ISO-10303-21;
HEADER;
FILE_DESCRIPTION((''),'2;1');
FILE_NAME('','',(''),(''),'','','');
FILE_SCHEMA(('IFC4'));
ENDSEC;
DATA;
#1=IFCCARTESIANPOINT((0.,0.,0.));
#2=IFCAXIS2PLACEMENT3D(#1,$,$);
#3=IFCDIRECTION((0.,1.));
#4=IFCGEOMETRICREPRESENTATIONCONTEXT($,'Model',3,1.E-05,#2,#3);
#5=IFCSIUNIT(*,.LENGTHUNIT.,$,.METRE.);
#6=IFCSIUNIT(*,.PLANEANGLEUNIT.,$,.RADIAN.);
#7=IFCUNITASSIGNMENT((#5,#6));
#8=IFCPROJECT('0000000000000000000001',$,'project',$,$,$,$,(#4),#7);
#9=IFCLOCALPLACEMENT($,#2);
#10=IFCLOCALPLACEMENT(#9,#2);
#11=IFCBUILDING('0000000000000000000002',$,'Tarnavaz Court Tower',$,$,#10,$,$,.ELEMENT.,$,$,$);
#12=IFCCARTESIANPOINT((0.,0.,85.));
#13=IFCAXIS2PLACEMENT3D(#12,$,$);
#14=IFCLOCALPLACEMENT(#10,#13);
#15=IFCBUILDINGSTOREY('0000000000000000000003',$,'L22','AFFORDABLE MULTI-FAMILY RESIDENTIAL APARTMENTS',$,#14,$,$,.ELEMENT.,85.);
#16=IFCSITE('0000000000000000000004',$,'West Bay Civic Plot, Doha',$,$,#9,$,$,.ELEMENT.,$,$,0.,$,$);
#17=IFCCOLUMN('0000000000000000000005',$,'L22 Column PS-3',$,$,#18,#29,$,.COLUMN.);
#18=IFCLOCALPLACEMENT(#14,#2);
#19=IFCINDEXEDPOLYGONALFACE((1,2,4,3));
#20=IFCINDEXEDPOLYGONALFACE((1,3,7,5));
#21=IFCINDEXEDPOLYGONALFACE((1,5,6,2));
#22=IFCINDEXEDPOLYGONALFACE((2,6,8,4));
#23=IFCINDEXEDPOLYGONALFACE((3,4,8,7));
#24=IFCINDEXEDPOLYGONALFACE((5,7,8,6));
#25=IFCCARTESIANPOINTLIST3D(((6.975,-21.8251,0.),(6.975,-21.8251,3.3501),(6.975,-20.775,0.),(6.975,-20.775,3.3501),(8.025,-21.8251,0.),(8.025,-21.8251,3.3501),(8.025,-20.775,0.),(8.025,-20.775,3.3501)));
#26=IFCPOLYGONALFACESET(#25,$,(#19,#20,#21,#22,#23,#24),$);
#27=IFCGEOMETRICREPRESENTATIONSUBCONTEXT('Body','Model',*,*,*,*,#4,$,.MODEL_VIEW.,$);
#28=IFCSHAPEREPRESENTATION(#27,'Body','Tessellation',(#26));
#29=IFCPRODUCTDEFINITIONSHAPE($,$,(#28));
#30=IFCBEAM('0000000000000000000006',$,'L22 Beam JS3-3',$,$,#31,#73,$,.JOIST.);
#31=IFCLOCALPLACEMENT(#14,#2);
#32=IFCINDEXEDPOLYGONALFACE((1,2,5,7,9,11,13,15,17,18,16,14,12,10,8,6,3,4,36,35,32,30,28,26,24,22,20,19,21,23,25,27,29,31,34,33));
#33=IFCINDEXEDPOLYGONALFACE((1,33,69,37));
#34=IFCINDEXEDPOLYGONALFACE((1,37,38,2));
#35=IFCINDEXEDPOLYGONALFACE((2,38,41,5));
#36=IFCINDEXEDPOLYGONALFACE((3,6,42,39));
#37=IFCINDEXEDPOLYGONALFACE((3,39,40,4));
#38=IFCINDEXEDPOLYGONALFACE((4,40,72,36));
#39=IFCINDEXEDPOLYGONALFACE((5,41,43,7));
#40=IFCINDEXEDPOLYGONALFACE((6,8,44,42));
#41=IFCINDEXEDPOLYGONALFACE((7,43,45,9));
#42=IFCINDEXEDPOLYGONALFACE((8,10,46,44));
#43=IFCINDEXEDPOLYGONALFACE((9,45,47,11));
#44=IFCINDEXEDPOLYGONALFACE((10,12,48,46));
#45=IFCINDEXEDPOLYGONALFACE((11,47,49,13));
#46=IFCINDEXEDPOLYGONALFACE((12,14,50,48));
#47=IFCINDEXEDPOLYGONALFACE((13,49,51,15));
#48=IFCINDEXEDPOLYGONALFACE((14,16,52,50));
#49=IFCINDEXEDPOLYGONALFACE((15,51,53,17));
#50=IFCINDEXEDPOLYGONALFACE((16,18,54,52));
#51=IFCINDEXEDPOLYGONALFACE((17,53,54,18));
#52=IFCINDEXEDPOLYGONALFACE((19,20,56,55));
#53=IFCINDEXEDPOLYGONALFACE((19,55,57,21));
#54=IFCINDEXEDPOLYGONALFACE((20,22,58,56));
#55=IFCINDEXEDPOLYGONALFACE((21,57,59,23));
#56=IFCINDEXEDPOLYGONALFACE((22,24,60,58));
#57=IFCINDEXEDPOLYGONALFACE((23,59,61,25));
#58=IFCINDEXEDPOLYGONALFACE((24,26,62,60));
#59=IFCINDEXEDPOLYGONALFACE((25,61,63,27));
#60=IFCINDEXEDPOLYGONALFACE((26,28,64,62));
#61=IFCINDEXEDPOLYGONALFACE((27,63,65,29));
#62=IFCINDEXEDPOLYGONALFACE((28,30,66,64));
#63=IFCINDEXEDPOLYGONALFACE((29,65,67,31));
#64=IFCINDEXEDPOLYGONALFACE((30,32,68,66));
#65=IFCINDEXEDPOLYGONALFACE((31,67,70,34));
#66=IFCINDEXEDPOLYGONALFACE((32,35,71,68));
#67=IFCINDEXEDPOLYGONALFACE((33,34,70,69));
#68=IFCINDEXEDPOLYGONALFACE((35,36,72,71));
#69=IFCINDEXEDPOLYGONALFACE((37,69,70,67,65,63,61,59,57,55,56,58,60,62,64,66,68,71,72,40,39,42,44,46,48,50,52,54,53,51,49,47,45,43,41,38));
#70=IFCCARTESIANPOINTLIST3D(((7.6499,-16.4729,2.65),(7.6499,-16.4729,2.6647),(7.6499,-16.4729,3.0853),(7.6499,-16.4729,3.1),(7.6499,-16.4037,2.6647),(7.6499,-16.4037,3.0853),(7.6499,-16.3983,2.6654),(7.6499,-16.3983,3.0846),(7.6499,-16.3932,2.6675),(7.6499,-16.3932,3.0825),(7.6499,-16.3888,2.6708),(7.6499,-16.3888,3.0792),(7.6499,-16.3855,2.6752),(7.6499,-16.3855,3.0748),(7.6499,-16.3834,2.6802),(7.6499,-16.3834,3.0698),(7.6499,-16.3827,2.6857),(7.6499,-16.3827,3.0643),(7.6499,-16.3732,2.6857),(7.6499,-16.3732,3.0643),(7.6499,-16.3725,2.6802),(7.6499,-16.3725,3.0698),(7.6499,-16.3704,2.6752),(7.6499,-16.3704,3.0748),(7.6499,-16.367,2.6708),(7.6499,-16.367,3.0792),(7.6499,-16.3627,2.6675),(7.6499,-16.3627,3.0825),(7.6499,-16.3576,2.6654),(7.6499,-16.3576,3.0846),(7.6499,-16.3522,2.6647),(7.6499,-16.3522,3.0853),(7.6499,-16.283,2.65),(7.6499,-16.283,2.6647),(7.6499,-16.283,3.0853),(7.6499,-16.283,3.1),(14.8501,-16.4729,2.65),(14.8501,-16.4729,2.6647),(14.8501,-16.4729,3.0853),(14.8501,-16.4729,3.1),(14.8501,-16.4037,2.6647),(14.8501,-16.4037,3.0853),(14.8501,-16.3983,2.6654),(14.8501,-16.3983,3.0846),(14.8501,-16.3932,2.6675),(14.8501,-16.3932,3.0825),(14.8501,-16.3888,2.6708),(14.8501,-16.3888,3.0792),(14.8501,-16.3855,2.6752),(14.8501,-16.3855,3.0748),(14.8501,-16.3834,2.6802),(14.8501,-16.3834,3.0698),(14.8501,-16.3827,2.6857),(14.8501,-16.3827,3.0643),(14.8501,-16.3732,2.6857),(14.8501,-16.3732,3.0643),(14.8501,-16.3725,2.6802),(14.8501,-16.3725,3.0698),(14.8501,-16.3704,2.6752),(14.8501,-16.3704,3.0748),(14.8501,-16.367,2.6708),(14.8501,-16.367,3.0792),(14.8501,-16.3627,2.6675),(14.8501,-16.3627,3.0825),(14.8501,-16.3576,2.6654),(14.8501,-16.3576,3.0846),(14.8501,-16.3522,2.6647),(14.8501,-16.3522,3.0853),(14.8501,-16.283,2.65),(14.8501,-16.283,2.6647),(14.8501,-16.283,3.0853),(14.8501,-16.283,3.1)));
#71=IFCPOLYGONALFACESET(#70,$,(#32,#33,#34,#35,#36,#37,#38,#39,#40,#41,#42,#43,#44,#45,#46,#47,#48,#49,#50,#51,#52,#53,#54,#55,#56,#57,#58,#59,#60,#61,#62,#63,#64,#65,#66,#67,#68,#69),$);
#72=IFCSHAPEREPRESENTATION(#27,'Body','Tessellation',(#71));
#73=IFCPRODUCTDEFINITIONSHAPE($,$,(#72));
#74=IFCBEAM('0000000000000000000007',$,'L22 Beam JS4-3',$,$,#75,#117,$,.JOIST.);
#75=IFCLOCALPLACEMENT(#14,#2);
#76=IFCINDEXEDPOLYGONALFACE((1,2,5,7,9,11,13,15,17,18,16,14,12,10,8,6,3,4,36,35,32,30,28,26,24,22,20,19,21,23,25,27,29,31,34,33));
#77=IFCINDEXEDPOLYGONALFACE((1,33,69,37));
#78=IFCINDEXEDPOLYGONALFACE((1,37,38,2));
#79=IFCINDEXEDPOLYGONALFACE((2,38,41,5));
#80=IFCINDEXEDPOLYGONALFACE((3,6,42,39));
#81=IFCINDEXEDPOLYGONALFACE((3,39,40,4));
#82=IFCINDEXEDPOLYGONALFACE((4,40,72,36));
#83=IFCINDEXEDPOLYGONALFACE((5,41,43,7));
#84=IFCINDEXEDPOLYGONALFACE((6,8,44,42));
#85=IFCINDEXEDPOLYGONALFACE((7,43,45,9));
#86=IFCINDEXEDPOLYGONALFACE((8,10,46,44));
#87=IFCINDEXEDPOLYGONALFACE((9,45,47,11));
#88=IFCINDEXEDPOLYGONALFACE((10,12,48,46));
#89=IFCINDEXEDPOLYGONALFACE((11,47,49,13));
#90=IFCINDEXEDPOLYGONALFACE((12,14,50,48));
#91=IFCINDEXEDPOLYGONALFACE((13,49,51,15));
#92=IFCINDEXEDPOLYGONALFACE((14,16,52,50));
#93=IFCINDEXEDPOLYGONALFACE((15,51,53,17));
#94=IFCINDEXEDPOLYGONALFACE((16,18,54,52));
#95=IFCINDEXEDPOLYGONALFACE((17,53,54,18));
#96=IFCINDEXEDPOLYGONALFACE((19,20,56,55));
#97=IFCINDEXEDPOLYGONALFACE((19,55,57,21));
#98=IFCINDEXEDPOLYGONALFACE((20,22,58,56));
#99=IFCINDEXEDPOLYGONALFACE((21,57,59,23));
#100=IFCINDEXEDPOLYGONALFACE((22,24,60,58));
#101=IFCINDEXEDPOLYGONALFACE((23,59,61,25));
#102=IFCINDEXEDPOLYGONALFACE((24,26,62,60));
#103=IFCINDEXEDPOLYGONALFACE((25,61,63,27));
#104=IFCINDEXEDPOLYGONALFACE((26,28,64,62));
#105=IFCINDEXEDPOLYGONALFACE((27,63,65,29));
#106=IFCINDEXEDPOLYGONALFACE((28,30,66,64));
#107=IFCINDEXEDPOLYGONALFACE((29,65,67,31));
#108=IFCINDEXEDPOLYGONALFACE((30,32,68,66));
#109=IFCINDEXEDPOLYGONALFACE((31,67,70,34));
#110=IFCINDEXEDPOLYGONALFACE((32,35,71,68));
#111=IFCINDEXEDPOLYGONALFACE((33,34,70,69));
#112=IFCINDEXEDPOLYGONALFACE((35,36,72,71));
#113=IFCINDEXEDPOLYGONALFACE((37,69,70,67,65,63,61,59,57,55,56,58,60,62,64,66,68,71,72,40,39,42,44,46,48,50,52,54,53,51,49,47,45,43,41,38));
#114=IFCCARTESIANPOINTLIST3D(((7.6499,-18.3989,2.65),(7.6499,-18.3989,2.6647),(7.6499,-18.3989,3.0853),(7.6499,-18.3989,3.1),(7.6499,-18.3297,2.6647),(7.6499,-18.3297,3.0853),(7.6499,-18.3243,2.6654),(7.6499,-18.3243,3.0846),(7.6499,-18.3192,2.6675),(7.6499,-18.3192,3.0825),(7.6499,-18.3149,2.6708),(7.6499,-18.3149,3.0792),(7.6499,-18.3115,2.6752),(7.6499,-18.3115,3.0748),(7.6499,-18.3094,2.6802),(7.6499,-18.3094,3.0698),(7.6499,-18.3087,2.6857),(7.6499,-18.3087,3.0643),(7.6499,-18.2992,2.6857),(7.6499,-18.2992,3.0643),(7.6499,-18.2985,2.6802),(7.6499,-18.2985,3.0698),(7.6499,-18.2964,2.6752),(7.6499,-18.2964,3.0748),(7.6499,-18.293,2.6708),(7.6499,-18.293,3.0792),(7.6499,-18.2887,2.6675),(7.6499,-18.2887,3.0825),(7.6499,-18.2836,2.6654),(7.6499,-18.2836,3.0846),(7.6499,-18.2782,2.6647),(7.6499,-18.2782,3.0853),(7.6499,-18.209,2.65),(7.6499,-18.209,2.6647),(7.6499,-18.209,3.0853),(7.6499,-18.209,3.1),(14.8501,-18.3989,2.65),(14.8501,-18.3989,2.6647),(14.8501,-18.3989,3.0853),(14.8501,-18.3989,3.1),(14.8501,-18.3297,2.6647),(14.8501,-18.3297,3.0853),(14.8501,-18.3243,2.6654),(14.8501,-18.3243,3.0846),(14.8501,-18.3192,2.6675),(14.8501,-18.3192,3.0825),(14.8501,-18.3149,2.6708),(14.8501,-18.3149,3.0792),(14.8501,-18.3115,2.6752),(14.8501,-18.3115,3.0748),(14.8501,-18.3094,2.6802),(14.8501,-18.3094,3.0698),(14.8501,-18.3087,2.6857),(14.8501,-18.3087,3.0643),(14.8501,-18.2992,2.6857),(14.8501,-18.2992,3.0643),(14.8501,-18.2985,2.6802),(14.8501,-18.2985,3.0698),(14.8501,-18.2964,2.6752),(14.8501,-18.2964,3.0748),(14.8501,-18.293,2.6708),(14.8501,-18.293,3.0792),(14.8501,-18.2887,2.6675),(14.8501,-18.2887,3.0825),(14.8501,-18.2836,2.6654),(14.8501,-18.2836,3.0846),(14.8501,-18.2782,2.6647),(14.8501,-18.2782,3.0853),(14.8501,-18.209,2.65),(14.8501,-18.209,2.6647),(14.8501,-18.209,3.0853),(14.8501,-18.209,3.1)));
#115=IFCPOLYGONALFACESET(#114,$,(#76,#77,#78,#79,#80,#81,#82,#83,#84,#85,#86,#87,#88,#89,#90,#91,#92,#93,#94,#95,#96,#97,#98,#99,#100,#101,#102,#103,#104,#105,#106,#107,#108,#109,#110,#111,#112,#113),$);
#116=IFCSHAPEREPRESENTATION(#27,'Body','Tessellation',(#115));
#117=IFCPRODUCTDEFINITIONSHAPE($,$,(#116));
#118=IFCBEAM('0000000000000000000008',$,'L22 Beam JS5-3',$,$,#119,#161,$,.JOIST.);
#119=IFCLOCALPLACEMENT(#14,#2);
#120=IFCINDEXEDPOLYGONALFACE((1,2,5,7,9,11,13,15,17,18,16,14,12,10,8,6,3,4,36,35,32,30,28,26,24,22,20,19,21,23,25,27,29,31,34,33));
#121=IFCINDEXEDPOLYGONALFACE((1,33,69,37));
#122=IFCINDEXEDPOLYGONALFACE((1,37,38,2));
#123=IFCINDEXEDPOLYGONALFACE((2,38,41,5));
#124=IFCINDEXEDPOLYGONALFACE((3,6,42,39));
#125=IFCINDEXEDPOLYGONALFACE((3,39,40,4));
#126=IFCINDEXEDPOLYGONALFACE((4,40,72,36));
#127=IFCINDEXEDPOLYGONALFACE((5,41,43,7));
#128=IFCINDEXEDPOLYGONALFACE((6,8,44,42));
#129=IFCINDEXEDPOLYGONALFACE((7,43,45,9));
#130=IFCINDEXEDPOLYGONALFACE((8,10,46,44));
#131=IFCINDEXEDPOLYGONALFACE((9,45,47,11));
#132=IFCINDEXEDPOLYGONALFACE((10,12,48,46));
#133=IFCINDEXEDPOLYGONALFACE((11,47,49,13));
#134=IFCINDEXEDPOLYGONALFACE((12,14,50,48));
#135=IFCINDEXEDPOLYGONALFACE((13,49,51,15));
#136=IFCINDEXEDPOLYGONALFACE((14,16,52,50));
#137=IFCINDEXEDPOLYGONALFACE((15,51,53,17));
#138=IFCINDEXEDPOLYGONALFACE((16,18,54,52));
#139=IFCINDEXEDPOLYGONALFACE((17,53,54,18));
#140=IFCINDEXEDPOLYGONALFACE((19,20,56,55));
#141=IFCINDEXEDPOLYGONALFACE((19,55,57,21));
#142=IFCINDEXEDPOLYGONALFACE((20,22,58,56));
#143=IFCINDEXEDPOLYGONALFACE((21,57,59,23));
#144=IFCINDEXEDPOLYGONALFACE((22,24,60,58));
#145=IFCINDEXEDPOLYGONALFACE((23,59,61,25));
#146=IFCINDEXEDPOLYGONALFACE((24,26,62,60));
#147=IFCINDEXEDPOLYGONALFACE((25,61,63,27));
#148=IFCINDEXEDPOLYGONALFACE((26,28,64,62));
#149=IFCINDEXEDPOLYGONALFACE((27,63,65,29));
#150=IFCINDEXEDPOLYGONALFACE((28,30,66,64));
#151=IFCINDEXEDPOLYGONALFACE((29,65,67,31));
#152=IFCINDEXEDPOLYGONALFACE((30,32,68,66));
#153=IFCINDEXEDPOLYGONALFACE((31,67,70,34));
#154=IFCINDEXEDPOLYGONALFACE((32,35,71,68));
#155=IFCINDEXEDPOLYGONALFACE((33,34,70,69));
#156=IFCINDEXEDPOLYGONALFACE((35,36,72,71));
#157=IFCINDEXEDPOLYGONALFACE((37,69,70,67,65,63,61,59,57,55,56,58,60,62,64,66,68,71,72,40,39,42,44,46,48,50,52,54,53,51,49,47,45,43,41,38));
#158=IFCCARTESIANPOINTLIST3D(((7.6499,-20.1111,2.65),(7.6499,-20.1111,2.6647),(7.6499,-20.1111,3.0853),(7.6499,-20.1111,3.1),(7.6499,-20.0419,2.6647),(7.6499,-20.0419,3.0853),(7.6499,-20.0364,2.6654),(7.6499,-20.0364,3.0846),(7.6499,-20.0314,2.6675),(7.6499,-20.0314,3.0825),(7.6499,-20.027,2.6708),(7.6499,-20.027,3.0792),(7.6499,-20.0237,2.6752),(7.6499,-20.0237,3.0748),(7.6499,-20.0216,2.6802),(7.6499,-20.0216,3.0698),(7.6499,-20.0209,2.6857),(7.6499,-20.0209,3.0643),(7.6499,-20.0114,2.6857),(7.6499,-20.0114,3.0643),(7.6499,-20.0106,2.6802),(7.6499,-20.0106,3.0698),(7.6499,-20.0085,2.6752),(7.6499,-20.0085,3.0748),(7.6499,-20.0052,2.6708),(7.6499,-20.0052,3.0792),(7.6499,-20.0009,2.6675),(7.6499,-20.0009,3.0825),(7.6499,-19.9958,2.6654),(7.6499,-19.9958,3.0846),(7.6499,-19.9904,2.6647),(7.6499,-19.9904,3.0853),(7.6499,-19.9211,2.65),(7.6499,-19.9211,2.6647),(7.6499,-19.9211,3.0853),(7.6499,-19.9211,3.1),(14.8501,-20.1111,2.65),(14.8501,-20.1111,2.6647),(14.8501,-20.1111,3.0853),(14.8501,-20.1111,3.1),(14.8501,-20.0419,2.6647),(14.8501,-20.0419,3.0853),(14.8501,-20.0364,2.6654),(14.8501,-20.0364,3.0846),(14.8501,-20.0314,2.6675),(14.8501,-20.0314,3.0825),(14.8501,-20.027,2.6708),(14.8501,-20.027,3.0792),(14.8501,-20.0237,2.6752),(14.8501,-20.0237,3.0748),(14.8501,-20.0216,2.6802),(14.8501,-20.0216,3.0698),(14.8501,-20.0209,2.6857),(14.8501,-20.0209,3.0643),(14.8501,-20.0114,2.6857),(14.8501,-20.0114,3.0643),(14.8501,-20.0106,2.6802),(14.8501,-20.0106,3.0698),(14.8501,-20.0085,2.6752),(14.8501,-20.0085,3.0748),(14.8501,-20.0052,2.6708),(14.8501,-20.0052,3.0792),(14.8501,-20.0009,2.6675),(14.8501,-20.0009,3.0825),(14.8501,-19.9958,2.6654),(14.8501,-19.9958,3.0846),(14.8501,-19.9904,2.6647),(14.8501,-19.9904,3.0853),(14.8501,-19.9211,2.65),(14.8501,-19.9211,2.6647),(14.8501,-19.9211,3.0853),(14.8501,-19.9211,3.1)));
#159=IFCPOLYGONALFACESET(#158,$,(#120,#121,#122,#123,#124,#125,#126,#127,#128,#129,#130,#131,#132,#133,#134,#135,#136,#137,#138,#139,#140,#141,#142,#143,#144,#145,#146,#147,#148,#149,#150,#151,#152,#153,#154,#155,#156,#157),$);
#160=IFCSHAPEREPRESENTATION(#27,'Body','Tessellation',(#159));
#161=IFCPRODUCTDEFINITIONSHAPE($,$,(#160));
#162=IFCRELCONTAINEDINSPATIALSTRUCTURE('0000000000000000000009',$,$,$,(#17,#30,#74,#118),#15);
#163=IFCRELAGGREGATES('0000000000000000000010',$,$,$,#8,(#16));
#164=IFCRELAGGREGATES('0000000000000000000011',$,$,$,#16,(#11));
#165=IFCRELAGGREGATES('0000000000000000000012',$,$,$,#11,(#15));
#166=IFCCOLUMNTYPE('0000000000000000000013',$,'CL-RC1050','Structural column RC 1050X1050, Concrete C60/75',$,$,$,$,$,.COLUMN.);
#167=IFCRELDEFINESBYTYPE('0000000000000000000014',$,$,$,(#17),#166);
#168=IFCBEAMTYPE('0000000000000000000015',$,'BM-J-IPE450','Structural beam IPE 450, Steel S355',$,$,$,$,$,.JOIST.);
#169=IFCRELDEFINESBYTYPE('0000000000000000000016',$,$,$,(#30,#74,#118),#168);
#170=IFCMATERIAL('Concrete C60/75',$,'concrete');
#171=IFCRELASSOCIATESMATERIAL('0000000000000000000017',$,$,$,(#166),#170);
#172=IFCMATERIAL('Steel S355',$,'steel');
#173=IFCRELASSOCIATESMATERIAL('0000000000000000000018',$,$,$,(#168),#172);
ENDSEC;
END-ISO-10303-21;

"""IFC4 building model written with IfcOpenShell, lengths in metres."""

from ifc_helpers import new_model, si_unit, direction, frame, origin, origin_2d, place, context, subcontext, project, spatial, rectangle, i_section, extrude, material, material_profile, profile_set, type_object, element, save


model = new_model("IFC4")

# Units and contexts
model_context = context("Model", 3, precision=1e-05, world=origin(), true_north=direction((0.0, 1.0)))
body_context = subcontext(model_context, "Body", "Model", "MODEL_VIEW")
ifc_project = project(units=[si_unit("LENGTHUNIT", "METRE"), si_unit("PLANEANGLEUNIT", "RADIAN")], contexts=[model_context])

# Site, building, storey
site_placement = place(None, origin())
site = spatial("IfcSite", under=ifc_project, at=site_placement, Name="West Bay Civic Plot, Doha", CompositionType="ELEMENT", RefElevation=0.0)
building_placement = place(site_placement, origin())
building = spatial("IfcBuilding", under=site, at=building_placement, Name="Tarnavaz Court Tower", CompositionType="ELEMENT")
storey_placement = place(building_placement, frame((0.0, 0.0, 85.0)))
storey = spatial("IfcBuildingStorey", under=building, at=storey_placement, Name="L22", Description="AFFORDABLE MULTI-FAMILY RESIDENTIAL APARTMENTS", CompositionType="ELEMENT", Elevation=85.0)

# Column
ifc_material_1 = material(Name="Concrete C60/75", Category="concrete")
ifc_material_profile_1 = material_profile(ifc_material_1, rectangle(XDim=1.05, YDim=1.05, at=origin_2d()), Name="RC 1050X1050")
ifc_profile_set_1 = profile_set([ifc_material_profile_1], Name="Concrete C60/75")
column_type = type_object("IfcColumnType", Name="CL-RC1050", Description="Structural column RC 1050X1050, Concrete C60/75", PredefinedType="COLUMN", material=ifc_profile_set_1)
column_placement = place(storey_placement, frame((7.5, -21.3, 0.0), z_axis=(0.0, 0.0, 1.0), x_axis=(1.0, 0.0, 0.0)))
element("IfcColumn", 1, at=column_placement, inside=storey, type_object=column_type, Name="L22 Column PS-3", PredefinedType="COLUMN", context=body_context, shape_type="SweptSolid", body=[
    extrude(rectangle(XDim=1.05, YDim=1.05, at=origin_2d()), origin(), (0.0, 0.0, 1.0), 3.3501),
])

# Beams
ifc_material_2 = material(Name="Steel S355", Category="steel")
ifc_material_profile_2 = material_profile(ifc_material_2, i_section(OverallWidth=0.1899, OverallDepth=0.45, WebThickness=0.0095, FlangeThickness=0.0146, FilletRadius=0.021, at=origin_2d()), Name="IPE 450")
ifc_profile_set_2 = profile_set([ifc_material_profile_2], Name="Steel S355")
beam_type_1 = type_object("IfcBeamType", Name="BM-J-IPE450", Description="Structural beam IPE 450, Steel S355", PredefinedType="JOIST", material=ifc_profile_set_2)
for number, where, z_axis, x_axis, name in (
    (2, (7.6499, -16.3779, 2.875), (1.0, 0.0, 0.0), (0.0, 1.0, 0.0), "L22 Beam JS3-3"),
    (3, (7.6499, -18.304, 2.875), (1.0, 0.0, 0.0), (0.0, 1.0, 0.0), "L22 Beam JS4-3"),
    (4, (7.6499, -20.0161, 2.875), (1.0, 0.0, 0.0), (0.0, 1.0, 0.0), "L22 Beam JS5-3"),
):
    element("IfcBeam", number, at=place(storey_placement, frame(where, z_axis=z_axis, x_axis=x_axis)), inside=storey, type_object=beam_type_1, Name=name, PredefinedType="JOIST", context=body_context, shape_type="SweptSolid", body=[
        extrude(i_section(OverallWidth=0.1899, OverallDepth=0.45, WebThickness=0.0095, FlangeThickness=0.0146, FilletRadius=0.021, at=origin_2d()), origin(), (0.0, 0.0, 1.0), 7.2002),
    ])

save(model, "model.ifc")
